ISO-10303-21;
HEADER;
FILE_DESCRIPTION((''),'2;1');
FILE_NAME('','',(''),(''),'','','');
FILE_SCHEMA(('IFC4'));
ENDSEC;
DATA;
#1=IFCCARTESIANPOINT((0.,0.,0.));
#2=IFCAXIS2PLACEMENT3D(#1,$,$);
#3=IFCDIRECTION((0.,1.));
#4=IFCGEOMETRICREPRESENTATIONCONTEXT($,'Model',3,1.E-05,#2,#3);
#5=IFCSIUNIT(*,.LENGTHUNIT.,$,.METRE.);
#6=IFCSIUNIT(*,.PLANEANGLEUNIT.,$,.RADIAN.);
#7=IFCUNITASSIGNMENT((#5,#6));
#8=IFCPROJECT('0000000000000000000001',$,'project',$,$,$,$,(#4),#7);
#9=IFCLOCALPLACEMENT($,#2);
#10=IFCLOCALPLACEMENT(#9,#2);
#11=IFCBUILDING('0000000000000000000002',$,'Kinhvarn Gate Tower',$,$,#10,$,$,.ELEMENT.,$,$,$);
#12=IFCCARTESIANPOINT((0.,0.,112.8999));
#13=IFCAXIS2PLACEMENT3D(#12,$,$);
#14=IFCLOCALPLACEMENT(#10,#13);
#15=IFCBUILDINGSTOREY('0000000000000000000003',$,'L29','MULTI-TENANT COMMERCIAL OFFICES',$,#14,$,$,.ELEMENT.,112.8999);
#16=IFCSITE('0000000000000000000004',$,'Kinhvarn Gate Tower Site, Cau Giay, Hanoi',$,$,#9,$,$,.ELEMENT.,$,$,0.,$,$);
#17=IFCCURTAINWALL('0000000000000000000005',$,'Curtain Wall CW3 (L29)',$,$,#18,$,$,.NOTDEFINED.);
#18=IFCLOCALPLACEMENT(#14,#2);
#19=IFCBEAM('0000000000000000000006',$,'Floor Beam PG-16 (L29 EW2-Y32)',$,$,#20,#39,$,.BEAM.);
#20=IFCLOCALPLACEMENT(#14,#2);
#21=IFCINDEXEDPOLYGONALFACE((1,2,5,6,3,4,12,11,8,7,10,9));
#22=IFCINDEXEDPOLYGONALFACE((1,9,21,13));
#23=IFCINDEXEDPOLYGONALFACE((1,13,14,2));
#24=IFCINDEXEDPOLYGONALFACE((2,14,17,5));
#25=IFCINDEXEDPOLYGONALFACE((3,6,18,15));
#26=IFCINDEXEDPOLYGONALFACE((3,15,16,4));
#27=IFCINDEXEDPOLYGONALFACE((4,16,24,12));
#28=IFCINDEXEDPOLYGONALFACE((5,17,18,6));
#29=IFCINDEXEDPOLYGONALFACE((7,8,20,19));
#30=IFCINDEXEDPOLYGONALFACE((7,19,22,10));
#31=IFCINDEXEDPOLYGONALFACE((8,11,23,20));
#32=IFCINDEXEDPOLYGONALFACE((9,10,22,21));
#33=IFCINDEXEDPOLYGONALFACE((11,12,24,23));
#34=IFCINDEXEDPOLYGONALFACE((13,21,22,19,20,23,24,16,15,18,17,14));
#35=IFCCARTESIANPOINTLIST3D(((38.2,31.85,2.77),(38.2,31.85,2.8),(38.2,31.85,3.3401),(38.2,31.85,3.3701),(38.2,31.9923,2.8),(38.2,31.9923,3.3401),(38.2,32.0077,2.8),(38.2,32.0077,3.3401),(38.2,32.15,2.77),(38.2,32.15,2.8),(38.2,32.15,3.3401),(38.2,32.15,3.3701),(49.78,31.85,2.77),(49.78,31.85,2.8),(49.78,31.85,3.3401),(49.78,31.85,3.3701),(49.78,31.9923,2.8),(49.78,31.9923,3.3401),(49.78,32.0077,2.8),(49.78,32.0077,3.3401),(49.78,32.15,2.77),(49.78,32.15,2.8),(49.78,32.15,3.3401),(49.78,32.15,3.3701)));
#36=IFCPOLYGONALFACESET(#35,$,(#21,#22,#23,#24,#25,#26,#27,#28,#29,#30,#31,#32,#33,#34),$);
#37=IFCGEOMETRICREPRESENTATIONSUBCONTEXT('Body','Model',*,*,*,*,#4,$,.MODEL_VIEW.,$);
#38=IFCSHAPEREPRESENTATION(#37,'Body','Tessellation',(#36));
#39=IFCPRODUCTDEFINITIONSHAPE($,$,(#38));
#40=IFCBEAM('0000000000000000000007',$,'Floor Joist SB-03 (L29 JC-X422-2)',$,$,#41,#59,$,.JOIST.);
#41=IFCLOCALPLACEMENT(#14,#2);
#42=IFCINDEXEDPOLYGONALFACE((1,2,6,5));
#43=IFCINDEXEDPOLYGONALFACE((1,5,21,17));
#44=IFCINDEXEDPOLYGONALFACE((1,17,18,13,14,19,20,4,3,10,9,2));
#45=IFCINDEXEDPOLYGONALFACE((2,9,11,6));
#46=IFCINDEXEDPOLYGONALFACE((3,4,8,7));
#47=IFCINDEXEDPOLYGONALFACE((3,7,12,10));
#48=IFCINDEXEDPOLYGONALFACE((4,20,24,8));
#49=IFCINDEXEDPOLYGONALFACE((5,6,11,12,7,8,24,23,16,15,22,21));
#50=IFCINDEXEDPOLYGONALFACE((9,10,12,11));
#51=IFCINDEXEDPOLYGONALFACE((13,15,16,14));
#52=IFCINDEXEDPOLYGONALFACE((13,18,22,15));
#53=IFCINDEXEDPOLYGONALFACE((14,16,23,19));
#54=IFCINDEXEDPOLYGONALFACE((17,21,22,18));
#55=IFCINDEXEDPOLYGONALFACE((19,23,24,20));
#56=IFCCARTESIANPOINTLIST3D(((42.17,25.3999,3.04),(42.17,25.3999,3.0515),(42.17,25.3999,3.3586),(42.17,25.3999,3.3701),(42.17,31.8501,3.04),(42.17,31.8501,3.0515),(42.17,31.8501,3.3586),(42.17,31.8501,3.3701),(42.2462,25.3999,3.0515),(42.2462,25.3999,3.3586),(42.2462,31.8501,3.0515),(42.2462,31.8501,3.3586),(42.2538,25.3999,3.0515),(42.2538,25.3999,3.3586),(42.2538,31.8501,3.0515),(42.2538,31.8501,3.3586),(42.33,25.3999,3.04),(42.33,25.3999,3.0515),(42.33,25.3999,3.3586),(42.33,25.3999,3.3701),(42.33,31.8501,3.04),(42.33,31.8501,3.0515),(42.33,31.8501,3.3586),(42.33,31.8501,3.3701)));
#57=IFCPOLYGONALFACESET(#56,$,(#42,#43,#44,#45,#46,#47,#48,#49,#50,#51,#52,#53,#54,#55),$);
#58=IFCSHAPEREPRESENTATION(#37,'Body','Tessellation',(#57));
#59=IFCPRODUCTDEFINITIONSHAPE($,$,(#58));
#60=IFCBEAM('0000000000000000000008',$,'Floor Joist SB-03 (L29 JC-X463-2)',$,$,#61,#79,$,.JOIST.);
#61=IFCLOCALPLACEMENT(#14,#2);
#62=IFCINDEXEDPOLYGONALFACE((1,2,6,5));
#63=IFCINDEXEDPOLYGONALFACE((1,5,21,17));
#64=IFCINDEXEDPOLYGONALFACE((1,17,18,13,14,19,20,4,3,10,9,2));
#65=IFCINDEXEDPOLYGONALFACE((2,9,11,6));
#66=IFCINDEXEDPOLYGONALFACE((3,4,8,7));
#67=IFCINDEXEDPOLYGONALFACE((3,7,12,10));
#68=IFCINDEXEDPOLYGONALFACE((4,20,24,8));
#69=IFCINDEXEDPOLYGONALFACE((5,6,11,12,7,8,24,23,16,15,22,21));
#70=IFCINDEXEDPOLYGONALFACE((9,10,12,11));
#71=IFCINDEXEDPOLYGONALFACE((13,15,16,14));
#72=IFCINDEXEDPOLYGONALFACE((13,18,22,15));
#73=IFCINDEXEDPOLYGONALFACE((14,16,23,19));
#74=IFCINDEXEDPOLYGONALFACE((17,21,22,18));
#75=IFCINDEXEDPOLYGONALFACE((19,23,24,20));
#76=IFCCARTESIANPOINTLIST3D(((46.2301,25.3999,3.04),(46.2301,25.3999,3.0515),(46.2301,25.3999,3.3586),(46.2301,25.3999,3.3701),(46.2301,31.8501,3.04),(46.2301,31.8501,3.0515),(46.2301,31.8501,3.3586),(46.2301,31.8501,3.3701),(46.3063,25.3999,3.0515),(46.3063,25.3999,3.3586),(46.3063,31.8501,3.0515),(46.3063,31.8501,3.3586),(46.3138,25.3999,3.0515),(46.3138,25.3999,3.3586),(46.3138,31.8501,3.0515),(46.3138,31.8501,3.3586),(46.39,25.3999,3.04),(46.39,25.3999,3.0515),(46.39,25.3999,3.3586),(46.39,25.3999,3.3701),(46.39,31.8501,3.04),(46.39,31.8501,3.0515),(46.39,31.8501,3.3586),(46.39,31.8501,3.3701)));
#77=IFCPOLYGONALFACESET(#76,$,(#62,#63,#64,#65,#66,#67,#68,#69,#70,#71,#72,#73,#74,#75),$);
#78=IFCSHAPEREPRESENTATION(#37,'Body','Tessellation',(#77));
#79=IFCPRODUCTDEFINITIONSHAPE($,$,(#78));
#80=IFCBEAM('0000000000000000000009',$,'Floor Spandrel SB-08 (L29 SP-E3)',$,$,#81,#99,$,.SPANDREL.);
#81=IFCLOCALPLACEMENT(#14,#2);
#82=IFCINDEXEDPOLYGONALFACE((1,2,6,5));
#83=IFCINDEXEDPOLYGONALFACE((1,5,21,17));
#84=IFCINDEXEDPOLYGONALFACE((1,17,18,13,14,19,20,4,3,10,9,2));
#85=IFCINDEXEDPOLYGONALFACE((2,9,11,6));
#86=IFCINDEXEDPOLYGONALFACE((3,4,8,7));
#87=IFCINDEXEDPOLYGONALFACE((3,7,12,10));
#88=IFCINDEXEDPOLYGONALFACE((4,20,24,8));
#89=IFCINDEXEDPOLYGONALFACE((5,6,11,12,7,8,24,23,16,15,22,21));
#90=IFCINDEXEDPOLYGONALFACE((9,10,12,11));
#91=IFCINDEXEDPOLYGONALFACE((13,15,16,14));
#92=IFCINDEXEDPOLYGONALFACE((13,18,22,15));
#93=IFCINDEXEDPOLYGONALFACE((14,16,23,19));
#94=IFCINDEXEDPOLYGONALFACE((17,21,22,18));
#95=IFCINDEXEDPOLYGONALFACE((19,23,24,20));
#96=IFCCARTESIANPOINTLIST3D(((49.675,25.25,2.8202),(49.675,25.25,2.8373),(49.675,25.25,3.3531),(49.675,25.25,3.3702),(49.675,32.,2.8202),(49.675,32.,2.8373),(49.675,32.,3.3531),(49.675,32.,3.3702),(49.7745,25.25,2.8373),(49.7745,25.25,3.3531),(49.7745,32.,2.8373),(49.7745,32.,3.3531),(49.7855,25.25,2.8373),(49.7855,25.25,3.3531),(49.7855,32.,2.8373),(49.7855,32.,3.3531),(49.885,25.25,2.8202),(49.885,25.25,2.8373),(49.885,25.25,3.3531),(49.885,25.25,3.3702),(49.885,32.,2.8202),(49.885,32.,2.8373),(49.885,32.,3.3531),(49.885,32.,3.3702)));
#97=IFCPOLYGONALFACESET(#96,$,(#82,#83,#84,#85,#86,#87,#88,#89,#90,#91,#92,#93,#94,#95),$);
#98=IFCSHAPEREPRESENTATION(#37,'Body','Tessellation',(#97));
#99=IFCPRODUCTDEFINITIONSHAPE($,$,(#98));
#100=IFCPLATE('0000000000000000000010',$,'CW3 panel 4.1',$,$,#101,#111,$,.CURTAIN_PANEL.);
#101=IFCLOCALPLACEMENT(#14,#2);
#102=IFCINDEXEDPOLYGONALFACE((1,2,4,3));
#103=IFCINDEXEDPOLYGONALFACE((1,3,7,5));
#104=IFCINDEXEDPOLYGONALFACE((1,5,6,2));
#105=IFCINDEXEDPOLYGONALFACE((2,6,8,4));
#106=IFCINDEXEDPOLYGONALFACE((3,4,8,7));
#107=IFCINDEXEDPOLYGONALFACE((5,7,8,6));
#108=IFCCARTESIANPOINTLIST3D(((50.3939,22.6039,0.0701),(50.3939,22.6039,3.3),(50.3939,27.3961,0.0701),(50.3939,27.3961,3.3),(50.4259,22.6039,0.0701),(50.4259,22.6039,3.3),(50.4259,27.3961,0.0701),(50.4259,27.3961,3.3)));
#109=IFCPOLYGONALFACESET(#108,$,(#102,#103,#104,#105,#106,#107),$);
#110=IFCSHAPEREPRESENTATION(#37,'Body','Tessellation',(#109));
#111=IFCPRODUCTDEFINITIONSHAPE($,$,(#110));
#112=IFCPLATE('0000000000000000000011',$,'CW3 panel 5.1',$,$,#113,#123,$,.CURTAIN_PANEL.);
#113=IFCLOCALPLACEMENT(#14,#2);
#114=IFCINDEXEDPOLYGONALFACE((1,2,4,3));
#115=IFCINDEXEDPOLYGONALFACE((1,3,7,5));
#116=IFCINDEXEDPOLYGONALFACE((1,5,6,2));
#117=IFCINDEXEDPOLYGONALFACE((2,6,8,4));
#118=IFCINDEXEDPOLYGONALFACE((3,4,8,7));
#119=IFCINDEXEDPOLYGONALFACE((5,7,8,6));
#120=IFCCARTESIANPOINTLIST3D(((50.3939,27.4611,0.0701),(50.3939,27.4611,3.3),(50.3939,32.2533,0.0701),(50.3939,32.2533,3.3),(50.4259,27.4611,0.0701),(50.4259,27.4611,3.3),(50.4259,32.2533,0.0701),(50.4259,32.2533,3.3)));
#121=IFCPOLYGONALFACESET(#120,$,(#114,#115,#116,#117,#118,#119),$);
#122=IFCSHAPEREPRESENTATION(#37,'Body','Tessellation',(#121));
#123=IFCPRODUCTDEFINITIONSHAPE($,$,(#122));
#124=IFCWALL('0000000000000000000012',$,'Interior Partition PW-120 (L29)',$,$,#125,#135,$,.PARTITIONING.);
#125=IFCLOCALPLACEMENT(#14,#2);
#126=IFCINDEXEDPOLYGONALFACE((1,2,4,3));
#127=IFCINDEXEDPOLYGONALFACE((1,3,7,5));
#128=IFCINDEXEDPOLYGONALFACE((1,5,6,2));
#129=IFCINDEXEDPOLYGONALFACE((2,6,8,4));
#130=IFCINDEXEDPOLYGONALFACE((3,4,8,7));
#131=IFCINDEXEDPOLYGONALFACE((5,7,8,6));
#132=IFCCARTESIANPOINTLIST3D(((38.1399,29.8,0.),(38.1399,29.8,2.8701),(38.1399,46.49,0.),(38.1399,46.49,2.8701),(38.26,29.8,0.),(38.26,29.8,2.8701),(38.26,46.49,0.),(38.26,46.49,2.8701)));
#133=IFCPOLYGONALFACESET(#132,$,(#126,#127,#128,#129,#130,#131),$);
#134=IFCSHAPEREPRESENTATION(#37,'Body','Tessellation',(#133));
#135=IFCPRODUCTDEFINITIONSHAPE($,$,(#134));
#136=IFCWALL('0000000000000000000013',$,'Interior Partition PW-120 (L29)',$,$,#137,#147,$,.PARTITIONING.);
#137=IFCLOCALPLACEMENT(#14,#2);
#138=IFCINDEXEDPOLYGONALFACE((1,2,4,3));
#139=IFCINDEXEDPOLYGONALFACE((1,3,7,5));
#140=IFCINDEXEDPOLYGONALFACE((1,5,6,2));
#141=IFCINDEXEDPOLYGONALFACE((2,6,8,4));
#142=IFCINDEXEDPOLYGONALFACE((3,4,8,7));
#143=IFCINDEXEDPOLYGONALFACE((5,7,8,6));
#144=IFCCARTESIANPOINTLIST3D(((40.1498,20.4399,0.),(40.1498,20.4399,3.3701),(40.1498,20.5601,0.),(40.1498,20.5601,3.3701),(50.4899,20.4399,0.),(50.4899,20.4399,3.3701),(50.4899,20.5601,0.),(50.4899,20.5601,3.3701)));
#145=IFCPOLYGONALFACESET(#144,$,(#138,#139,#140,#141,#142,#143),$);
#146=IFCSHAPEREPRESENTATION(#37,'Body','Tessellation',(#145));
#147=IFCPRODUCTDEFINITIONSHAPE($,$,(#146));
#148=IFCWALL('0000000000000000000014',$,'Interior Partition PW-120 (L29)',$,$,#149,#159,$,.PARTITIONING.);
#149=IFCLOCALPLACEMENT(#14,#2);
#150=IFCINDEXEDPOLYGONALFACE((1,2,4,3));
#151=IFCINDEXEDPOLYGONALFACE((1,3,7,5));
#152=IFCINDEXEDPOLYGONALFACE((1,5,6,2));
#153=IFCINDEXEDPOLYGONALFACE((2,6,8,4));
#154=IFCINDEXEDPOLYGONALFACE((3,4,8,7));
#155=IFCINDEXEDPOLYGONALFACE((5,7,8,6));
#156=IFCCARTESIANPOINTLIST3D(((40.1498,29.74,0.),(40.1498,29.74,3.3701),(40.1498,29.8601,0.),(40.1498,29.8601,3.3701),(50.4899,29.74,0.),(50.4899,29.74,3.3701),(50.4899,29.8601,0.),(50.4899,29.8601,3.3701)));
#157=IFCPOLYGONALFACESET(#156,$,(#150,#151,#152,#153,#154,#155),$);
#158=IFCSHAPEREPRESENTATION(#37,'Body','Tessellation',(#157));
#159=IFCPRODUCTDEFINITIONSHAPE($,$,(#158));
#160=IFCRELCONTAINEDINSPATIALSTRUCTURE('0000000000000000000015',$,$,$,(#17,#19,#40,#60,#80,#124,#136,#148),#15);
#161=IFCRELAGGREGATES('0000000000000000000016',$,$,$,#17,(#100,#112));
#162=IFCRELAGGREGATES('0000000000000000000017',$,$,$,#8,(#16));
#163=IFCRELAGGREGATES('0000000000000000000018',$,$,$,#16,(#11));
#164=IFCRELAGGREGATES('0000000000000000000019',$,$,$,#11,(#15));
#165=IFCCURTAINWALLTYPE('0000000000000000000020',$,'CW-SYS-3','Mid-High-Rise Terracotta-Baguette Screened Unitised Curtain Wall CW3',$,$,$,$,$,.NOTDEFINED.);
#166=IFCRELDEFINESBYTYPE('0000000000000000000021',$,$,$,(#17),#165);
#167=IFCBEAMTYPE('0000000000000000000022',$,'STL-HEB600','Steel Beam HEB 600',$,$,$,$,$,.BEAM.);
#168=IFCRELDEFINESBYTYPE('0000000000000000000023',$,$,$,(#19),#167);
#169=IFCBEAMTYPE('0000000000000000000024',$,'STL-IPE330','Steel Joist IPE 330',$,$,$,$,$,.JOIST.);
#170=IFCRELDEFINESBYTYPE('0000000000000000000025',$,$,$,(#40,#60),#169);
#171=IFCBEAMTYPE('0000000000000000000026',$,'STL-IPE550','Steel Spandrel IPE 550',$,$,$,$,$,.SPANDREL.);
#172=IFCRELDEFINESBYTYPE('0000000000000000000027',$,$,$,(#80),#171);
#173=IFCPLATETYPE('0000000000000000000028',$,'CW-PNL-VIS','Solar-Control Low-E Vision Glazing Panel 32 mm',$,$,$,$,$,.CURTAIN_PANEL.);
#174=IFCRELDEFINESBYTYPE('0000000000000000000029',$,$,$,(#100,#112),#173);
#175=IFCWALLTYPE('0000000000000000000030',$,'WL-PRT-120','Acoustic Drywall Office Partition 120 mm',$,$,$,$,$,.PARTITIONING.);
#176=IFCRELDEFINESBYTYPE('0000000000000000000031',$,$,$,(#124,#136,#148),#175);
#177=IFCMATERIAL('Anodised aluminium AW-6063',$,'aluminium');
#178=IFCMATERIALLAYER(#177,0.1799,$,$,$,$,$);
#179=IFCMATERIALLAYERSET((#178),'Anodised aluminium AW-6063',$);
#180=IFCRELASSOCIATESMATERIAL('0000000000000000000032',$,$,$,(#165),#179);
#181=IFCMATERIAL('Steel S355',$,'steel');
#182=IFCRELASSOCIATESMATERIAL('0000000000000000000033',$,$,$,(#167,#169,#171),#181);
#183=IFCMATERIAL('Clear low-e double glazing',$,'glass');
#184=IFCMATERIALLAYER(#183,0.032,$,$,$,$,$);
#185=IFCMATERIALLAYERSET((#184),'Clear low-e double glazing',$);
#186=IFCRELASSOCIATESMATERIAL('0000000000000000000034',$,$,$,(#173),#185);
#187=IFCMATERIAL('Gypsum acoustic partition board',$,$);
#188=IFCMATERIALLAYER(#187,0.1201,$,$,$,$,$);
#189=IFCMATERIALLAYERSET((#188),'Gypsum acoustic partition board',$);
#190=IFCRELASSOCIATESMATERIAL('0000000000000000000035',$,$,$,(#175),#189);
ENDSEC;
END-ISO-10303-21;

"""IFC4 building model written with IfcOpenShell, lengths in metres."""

from ifc_helpers import new_model, si_unit, direction, frame, frame_2d, origin, origin_2d, place, context, subcontext, project, spatial, rectangle, i_section, extrude, material, layer, layer_set, material_profile, profile_set, type_object, element, aggregate, save


model = new_model("IFC4")

# Units and contexts
model_context = context("Model", 3, precision=1e-05, world=origin(), true_north=direction((0.0, 1.0)))
body_context = subcontext(model_context, "Body", "Model", "MODEL_VIEW")
ifc_project = project(units=[si_unit("LENGTHUNIT", "METRE"), si_unit("PLANEANGLEUNIT", "RADIAN")], contexts=[model_context])

# Site, building, storey
site_placement = place(None, origin())
site = spatial("IfcSite", under=ifc_project, at=site_placement, Name="Kinhvarn Gate Tower Site, Cau Giay, Hanoi", CompositionType="ELEMENT", RefElevation=0.0)
building_placement = place(site_placement, origin())
building = spatial("IfcBuilding", under=site, at=building_placement, Name="Kinhvarn Gate Tower", CompositionType="ELEMENT")
storey_placement = place(building_placement, frame((0.0, 0.0, 112.8999)))
storey = spatial("IfcBuildingStorey", under=building, at=storey_placement, Name="L29", Description="MULTI-TENANT COMMERCIAL OFFICES", CompositionType="ELEMENT", Elevation=112.8999)

# Curtain wall
ifc_material_1 = material(Name="Anodised aluminium AW-6063", Category="aluminium")
ifc_layer_1 = layer(ifc_material_1, 0.1799)
ifc_layer_set_1 = layer_set([ifc_layer_1], Name="Anodised aluminium AW-6063")
curtain_wall_type = type_object("IfcCurtainWallType", Name="CW-SYS-3", Description="Mid-High-Rise Terracotta-Baguette Screened Unitised Curtain Wall CW3", PredefinedType="NOTDEFINED", material=ifc_layer_set_1)
curtain_wall_placement = place(storey_placement, origin())
curtain_wall = element("IfcCurtainWall", 1, at=curtain_wall_placement, inside=storey, type_object=curtain_wall_type, Name="Curtain Wall CW3 (L29)", PredefinedType="NOTDEFINED")

# Beams
ifc_material_2 = material(Name="Steel S355", Category="steel")
ifc_material_profile_1 = material_profile(ifc_material_2, i_section(OverallWidth=0.3, OverallDepth=0.6001, WebThickness=0.0154, FlangeThickness=0.03, at=origin_2d()), Name="HEB 600")
ifc_profile_set_1 = profile_set([ifc_material_profile_1], Name="Steel S355")
beam_type_1 = type_object("IfcBeamType", Name="STL-HEB600", Description="Steel Beam HEB 600", PredefinedType="BEAM", material=ifc_profile_set_1)
for number, where, z_axis, x_axis, name in (
    (2, (38.2, 32.0, 3.0701), (1.0, 0.0, 0.0), (0.0, 1.0, 0.0), "Floor Beam PG-16 (L29 EW2-Y32)"),
):
    element("IfcBeam", number, at=place(storey_placement, frame(where, z_axis=z_axis, x_axis=x_axis)), inside=storey, type_object=beam_type_1, Name=name, PredefinedType="BEAM", context=body_context, shape_type="SweptSolid", body=[
        extrude(i_section(OverallWidth=0.3, OverallDepth=0.6001, WebThickness=0.0154, FlangeThickness=0.03, at=origin_2d()), origin(), (0.0, 0.0, 1.0), 11.5801),
    ])
ifc_material_profile_2 = material_profile(ifc_material_2, i_section(OverallWidth=0.1599, OverallDepth=0.3301, WebThickness=0.0076, FlangeThickness=0.0115, at=origin_2d()), Name="IPE 330")
ifc_profile_set_2 = profile_set([ifc_material_profile_2], Name="Steel S355")
beam_type_2 = type_object("IfcBeamType", Name="STL-IPE330", Description="Steel Joist IPE 330", PredefinedType="JOIST", material=ifc_profile_set_2)
for number, where, z_axis, x_axis, name in (
    (3, (42.25, 25.3999, 3.2051), (0.0, 1.0, 0.0), (-1.0, 0.0, 0.0), "Floor Joist SB-03 (L29 JC-X422-2)"),
    (4, (46.3101, 25.3999, 3.2051), (0.0, 1.0, 0.0), (-1.0, 0.0, 0.0), "Floor Joist SB-03 (L29 JC-X463-2)"),
):
    element("IfcBeam", number, at=place(storey_placement, frame(where, z_axis=z_axis, x_axis=x_axis)), inside=storey, type_object=beam_type_2, Name=name, PredefinedType="JOIST", context=body_context, shape_type="SweptSolid", body=[
        extrude(i_section(OverallWidth=0.1599, OverallDepth=0.3301, WebThickness=0.0076, FlangeThickness=0.0115, at=origin_2d()), origin(), (0.0, 0.0, 1.0), 6.4502),
    ])
ifc_material_profile_3 = material_profile(ifc_material_2, i_section(OverallWidth=0.21, OverallDepth=0.55, WebThickness=0.011, FlangeThickness=0.0171, at=origin_2d()), Name="IPE 550")
ifc_profile_set_3 = profile_set([ifc_material_profile_3], Name="Steel S355")
beam_type_3 = type_object("IfcBeamType", Name="STL-IPE550", Description="Steel Spandrel IPE 550", PredefinedType="SPANDREL", material=ifc_profile_set_3)
beam_1_placement = place(storey_placement, frame((49.78, 25.25, 3.0952), z_axis=(0.0, 1.0, 0.0), x_axis=(-1.0, 0.0, 0.0)))
element("IfcBeam", 5, at=beam_1_placement, inside=storey, type_object=beam_type_3, Name="Floor Spandrel SB-08 (L29 SP-E3)", PredefinedType="SPANDREL", context=body_context, shape_type="SweptSolid", body=[
    extrude(i_section(OverallWidth=0.21, OverallDepth=0.55, WebThickness=0.011, FlangeThickness=0.0171, at=origin_2d()), origin(), (0.0, 0.0, 1.0), 6.75),
])

# Plates
ifc_material_3 = material(Name="Clear low-e double glazing", Category="glass")
ifc_layer_2 = layer(ifc_material_3, 0.032)
ifc_layer_set_2 = layer_set([ifc_layer_2], Name="Clear low-e double glazing")
plate_type = type_object("IfcPlateType", Name="CW-PNL-VIS", Description="Solar-Control Low-E Vision Glazing Panel 32 mm", PredefinedType="CURTAIN_PANEL", material=ifc_layer_set_2)
plate_1_placement = place(storey_placement, frame((50.4099, 25.0, 0.0701), z_axis=(0.0, 0.0, 1.0), x_axis=(0.0, 1.0, 0.0)))
plate_1 = element("IfcPlate", 6, at=plate_1_placement, type_object=plate_type, Name="CW3 panel 4.1", PredefinedType="CURTAIN_PANEL", context=body_context, shape_type="SweptSolid", body=[
    extrude(rectangle(XDim=4.7922, YDim=0.032, at=origin_2d()), origin(), (0.0, 0.0, 1.0), 3.23),
])
plate_2_placement = place(storey_placement, frame((50.4099, 29.8572, 0.0701), z_axis=(0.0, 0.0, 1.0), x_axis=(0.0, 1.0, 0.0)))
plate_2 = element("IfcPlate", 7, at=plate_2_placement, type_object=plate_type, Name="CW3 panel 5.1", PredefinedType="CURTAIN_PANEL", context=body_context, shape_type="SweptSolid", body=[
    extrude(rectangle(XDim=4.7922, YDim=0.032, at=origin_2d()), origin(), (0.0, 0.0, 1.0), 3.23),
])
aggregate(curtain_wall, [plate_1, plate_2])

# Walls
ifc_material_4 = material(Name="Gypsum acoustic partition board")
ifc_layer_3 = layer(ifc_material_4, 0.1201)
ifc_layer_set_3 = layer_set([ifc_layer_3], Name="Gypsum acoustic partition board")
wall_type_1 = type_object("IfcWallType", Name="WL-PRT-120", Description="Acoustic Drywall Office Partition 120 mm", PredefinedType="PARTITIONING", material=ifc_layer_set_3)
wall_1_placement = place(storey_placement, frame((38.2, 29.8, 0.0), z_axis=(0.0, 0.0, 1.0), x_axis=(0.0, 1.0, 0.0)))
element("IfcWall", 8, at=wall_1_placement, inside=storey, type_object=wall_type_1, Name="Interior Partition PW-120 (L29)", PredefinedType="PARTITIONING", context=body_context, shape_type="SweptSolid", body=[
    extrude(rectangle(XDim=16.6899, YDim=0.1201, at=frame_2d((8.345, 0.0))), origin(), (0.0, 0.0, 1.0), 2.8701),
])
for number, where, z_axis, x_axis, name in (
    (9, (40.1499, 20.5, 0.0), (0.0, 0.0, 1.0), (1.0, 0.0, 0.0), "Interior Partition PW-120 (L29)"),
    (10, (40.1499, 29.8, 0.0), (0.0, 0.0, 1.0), (1.0, 0.0, 0.0), "Interior Partition PW-120 (L29)"),
):
    element("IfcWall", number, at=place(storey_placement, frame(where, z_axis=z_axis, x_axis=x_axis)), inside=storey, type_object=wall_type_1, Name=name, PredefinedType="PARTITIONING", context=body_context, shape_type="SweptSolid", body=[
        extrude(rectangle(XDim=10.3401, YDim=0.1201, at=frame_2d((5.1699, 0.0))), origin(), (0.0, 0.0, 1.0), 3.3701),
    ])

save(model, "model.ifc")
